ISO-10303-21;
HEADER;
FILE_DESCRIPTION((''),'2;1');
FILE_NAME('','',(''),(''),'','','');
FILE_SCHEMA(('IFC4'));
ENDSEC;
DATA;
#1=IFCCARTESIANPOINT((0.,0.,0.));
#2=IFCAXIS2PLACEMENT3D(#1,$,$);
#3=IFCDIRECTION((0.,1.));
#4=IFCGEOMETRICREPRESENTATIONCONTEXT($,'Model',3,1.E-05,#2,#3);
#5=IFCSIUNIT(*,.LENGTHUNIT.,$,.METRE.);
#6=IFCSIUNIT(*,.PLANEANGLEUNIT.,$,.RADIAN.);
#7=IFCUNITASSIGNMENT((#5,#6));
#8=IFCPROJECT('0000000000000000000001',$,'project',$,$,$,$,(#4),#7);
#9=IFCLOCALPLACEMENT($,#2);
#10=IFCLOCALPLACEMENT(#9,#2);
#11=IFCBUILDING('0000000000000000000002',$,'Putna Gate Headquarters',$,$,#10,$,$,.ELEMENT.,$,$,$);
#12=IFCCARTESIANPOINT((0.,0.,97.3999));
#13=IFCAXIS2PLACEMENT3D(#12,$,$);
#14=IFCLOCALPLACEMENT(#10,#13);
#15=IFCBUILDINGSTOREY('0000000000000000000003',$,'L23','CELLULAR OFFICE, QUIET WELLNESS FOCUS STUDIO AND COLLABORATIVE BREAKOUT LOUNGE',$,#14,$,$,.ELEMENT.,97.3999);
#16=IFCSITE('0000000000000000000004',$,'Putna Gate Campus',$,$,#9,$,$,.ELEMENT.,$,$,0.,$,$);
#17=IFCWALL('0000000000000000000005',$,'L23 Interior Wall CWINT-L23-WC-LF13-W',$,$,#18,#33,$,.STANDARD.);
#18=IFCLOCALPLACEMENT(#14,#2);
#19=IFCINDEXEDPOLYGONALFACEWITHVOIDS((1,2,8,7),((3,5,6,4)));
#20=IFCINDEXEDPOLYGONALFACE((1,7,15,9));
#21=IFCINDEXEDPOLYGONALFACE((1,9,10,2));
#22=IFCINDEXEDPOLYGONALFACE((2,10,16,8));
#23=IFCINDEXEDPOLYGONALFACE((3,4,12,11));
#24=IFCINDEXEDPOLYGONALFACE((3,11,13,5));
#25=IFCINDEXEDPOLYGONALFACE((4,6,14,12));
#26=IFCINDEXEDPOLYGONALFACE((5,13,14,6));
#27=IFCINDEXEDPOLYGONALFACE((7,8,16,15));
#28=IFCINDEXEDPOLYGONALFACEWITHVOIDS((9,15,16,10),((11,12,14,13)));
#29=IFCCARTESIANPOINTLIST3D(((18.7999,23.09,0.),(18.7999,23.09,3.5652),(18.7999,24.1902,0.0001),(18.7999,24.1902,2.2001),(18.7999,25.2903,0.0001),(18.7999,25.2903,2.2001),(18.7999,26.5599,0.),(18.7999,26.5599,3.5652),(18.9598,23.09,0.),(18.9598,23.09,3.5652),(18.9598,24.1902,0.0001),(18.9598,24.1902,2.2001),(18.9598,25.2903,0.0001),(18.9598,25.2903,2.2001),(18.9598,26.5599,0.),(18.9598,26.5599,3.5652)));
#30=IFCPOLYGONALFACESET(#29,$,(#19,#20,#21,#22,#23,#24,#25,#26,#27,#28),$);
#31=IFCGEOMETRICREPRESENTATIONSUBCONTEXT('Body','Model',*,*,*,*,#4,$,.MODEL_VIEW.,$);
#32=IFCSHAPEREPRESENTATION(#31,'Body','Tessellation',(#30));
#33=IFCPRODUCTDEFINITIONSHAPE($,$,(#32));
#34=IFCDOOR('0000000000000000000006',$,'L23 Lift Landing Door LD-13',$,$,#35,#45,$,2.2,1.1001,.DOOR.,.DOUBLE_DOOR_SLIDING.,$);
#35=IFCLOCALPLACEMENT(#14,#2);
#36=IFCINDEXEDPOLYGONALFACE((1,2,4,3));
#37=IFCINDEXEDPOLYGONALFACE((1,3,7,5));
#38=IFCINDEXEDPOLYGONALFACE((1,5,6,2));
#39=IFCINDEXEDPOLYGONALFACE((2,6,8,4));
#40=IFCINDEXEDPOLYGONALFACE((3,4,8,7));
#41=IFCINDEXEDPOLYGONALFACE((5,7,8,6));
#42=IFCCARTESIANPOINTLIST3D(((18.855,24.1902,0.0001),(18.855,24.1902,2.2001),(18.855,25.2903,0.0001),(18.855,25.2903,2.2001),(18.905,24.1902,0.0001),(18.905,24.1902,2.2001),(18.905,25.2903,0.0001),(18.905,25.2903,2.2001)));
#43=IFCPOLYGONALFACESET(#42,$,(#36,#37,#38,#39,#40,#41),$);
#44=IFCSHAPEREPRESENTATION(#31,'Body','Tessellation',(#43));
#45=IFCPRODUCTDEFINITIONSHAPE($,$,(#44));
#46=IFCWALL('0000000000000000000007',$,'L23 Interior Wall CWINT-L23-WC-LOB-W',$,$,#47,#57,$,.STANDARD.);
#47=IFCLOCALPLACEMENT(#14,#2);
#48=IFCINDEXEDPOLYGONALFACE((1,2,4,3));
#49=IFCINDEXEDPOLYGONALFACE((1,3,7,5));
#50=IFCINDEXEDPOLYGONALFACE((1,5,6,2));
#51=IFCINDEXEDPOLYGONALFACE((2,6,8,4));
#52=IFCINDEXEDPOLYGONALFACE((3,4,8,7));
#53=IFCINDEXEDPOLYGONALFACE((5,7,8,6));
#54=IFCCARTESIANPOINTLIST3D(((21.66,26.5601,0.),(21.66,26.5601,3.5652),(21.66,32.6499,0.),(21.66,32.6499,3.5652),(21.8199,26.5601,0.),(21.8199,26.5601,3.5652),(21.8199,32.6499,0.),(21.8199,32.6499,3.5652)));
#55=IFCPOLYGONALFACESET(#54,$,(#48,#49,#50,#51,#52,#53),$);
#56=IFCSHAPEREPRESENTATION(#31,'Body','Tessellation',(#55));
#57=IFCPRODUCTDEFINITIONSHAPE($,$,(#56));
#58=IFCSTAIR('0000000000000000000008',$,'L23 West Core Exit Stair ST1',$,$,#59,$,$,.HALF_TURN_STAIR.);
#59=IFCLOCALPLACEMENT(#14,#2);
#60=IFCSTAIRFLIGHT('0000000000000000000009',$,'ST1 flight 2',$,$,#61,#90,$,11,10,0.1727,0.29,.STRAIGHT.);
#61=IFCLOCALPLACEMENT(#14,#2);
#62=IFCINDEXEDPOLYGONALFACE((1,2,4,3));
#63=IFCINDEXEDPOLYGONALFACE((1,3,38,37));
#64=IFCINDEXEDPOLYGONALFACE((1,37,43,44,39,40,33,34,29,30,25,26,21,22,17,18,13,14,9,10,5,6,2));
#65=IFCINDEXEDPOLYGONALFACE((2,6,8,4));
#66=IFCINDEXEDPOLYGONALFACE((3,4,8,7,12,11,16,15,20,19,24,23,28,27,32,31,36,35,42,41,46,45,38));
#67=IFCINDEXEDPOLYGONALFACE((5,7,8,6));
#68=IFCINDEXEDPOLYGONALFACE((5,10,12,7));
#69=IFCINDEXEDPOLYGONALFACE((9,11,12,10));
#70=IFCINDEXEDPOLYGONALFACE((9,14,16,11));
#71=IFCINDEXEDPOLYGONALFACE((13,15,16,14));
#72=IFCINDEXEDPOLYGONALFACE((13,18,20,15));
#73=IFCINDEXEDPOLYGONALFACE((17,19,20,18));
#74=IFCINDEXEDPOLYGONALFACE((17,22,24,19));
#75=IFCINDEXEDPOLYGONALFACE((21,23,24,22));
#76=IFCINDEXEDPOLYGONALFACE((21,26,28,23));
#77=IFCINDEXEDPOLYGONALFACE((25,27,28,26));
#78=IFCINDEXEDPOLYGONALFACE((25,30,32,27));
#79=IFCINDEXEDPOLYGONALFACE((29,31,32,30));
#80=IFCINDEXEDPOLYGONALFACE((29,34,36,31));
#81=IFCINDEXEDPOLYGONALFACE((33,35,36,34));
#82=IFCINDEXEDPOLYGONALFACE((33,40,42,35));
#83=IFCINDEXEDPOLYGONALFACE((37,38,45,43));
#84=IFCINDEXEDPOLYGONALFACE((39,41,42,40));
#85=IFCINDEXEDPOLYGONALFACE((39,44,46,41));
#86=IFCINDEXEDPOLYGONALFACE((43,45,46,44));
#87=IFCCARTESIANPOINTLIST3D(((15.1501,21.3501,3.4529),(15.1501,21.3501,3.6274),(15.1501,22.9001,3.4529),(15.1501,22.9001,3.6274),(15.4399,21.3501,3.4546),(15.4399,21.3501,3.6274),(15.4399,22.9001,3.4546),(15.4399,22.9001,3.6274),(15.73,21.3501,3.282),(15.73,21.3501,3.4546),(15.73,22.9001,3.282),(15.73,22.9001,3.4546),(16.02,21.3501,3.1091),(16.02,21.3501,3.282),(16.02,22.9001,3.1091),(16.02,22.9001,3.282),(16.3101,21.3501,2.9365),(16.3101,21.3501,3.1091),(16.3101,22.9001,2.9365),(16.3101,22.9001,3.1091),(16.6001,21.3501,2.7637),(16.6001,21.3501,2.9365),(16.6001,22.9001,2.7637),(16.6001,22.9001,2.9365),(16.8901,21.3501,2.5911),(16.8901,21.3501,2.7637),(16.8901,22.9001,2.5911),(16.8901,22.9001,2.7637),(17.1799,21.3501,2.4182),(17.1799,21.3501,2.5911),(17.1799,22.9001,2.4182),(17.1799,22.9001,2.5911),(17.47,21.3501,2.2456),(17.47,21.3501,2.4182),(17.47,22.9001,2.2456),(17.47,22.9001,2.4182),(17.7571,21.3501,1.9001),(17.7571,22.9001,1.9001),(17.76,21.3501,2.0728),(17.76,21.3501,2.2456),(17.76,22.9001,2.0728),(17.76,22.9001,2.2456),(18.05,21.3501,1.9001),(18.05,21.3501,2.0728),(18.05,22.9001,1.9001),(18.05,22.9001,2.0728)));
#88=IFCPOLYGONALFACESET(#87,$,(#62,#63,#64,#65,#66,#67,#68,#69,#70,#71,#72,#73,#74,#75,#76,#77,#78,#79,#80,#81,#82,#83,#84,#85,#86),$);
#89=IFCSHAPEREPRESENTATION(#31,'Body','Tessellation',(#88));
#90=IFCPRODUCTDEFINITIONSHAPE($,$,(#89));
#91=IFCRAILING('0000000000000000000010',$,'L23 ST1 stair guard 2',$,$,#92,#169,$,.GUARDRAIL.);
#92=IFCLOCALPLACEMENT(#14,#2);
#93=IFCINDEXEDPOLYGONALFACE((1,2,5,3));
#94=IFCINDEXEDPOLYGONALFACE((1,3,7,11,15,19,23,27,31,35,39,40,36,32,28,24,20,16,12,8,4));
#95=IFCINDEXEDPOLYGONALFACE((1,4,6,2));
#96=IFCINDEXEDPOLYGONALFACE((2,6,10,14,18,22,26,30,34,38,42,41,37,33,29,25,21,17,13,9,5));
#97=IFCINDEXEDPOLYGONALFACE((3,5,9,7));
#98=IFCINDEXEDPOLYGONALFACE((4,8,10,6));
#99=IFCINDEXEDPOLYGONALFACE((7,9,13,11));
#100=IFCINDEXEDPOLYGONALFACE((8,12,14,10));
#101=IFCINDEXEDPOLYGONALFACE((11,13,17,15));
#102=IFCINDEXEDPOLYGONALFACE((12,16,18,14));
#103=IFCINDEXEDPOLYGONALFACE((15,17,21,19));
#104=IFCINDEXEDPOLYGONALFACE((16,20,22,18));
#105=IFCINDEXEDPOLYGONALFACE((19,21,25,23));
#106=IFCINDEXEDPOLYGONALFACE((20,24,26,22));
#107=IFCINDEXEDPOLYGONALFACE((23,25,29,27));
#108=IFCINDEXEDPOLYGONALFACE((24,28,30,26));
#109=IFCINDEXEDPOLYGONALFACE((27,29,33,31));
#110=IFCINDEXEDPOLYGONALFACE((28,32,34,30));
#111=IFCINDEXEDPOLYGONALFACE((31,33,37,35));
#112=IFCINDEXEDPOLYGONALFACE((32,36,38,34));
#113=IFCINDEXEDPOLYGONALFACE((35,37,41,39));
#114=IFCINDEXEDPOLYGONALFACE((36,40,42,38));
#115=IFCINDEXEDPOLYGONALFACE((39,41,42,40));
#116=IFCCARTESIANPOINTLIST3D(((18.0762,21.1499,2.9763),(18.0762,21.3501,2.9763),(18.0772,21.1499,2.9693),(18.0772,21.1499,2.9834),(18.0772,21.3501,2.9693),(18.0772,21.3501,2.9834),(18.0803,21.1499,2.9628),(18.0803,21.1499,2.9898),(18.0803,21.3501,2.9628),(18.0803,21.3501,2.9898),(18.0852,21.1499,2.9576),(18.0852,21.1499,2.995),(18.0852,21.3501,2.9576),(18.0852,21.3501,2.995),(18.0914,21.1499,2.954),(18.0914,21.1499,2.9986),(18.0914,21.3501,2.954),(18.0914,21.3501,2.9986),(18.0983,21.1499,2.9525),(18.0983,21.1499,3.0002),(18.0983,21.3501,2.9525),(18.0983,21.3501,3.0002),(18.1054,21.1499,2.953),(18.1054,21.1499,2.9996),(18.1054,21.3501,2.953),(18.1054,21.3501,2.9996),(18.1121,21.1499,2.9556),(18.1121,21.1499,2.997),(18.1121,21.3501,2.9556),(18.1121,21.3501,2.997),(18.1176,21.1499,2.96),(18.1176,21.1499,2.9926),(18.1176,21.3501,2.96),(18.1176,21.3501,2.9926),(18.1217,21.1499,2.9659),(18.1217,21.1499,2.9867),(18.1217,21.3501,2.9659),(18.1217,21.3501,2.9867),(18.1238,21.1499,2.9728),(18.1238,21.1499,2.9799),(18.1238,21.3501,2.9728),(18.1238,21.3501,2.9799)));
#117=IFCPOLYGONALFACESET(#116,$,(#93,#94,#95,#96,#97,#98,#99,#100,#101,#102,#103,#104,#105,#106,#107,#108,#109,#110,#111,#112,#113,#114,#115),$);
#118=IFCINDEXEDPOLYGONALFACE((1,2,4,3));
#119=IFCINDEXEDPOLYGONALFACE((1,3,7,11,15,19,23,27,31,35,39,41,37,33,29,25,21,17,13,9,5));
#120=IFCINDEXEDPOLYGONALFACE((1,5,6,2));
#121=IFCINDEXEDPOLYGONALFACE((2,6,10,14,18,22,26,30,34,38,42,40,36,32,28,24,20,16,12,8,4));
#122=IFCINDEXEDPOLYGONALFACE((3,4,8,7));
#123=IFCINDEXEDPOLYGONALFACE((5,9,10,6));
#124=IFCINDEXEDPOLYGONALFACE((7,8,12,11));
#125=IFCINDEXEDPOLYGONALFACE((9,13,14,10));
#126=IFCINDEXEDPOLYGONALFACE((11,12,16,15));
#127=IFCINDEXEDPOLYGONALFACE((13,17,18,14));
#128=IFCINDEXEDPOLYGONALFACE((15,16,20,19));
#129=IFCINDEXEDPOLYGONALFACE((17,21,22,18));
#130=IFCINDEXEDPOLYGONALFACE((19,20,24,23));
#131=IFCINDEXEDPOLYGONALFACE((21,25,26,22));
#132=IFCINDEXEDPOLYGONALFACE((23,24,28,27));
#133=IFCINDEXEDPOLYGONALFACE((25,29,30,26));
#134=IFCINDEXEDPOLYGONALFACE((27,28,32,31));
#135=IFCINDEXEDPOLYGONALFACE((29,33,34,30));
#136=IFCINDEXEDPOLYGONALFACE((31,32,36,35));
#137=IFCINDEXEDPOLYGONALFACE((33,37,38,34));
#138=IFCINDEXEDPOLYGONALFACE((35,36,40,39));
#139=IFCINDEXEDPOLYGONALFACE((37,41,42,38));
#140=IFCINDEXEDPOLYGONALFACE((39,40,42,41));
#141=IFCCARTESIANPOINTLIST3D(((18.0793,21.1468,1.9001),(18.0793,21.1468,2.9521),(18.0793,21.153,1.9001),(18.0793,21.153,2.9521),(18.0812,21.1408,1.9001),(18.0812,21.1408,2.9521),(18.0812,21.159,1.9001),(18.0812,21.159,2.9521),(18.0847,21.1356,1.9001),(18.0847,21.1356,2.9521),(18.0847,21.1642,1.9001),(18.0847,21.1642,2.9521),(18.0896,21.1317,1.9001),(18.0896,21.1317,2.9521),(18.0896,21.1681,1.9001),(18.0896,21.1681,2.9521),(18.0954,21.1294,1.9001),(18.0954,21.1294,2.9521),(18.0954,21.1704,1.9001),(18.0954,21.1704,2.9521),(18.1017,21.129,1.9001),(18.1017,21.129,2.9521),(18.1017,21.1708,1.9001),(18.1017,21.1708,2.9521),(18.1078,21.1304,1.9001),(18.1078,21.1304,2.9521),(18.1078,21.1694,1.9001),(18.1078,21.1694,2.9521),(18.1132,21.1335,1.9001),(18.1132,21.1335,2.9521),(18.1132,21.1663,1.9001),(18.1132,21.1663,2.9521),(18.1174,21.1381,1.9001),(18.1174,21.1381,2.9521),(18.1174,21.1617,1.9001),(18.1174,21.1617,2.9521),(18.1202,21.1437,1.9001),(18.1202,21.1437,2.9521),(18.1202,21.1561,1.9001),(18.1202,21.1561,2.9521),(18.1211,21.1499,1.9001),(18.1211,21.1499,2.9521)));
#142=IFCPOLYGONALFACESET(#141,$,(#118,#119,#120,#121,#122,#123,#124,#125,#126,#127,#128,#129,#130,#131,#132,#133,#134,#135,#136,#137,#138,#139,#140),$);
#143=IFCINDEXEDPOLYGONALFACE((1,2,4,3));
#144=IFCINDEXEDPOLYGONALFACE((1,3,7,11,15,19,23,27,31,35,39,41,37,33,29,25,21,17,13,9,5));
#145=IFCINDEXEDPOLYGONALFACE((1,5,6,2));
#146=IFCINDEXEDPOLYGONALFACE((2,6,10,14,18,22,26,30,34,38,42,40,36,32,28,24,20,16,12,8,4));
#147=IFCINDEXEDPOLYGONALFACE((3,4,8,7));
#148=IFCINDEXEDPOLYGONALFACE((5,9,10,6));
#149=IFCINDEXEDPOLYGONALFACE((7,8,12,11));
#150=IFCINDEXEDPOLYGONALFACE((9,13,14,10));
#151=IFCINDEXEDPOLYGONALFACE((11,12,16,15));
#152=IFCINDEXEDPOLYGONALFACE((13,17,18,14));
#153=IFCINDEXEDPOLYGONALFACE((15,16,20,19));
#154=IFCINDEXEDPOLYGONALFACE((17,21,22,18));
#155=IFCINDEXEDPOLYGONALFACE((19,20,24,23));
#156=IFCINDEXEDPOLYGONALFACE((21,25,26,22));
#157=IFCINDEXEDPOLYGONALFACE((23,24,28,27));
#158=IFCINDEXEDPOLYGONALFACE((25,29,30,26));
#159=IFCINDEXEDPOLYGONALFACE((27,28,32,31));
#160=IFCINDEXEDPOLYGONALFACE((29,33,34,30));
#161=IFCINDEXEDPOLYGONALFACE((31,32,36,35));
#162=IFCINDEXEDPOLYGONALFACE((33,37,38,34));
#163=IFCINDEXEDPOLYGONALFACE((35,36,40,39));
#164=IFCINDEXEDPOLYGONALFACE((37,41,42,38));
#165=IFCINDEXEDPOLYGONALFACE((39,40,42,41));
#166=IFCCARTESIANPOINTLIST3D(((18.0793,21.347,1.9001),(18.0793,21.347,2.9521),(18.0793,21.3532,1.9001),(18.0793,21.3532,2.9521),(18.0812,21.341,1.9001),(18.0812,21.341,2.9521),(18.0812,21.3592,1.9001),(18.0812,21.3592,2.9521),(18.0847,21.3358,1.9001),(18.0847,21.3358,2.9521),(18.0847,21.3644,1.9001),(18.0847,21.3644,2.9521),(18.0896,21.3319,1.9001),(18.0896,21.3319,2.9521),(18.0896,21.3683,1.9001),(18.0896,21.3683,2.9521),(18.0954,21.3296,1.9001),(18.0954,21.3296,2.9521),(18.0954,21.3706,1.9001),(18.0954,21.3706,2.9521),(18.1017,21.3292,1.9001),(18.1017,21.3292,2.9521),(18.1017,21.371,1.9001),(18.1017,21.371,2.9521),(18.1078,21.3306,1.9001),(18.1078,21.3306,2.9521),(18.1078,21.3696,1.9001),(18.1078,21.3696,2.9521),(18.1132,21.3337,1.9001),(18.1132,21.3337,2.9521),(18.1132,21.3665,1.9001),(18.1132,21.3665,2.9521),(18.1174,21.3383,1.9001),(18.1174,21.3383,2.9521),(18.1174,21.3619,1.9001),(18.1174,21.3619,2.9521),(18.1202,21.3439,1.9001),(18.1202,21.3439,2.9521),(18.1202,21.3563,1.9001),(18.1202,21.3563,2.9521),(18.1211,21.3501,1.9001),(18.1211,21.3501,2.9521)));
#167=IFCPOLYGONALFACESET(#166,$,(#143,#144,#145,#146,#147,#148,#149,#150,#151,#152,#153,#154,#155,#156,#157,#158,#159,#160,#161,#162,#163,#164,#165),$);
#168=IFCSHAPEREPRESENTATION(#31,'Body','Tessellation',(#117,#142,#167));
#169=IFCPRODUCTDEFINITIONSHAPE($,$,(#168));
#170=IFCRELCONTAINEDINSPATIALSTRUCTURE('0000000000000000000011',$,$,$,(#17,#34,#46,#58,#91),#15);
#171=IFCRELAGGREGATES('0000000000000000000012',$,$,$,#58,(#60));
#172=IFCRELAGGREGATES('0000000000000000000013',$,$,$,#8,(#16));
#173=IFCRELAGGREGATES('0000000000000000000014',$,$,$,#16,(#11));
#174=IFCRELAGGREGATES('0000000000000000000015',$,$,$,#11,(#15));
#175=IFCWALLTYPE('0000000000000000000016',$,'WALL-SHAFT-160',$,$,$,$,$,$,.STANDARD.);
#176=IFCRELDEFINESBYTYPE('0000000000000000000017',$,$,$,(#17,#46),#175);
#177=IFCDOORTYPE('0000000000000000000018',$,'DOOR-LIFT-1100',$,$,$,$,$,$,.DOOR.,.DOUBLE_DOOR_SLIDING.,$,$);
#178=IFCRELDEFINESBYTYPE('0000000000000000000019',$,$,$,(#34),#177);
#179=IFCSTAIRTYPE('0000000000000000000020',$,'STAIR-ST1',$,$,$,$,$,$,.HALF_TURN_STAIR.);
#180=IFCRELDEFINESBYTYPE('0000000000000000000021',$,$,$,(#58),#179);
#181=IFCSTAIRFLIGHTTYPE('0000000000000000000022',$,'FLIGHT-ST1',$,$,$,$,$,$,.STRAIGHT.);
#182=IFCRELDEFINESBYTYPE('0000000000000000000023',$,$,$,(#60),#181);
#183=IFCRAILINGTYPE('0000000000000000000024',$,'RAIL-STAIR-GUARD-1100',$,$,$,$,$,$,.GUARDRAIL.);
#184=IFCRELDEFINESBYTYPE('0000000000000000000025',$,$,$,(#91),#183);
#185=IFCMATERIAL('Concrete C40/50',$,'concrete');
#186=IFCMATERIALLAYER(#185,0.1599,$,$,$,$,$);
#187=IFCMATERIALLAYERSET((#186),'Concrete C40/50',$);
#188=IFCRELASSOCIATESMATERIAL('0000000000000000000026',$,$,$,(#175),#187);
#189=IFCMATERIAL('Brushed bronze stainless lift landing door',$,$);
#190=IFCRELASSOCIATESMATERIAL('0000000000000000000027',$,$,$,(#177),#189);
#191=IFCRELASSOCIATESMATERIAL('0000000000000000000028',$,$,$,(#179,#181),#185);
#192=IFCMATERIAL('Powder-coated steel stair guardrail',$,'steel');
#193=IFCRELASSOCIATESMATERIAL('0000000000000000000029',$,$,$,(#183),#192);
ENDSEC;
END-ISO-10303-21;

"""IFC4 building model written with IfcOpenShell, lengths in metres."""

from ifc_helpers import new_model, si_unit, direction, frame, frame_2d, origin, origin_2d, place, context, subcontext, project, spatial, polyline, rectangle, circle, outline, extrude, material, layer, layer_set, type_object, element, fill, aggregate, save


model = new_model("IFC4")

# Units and contexts
model_context = context("Model", 3, precision=1e-05, world=origin(), true_north=direction((0.0, 1.0)))
body_context = subcontext(model_context, "Body", "Model", "MODEL_VIEW")
ifc_project = project(units=[si_unit("LENGTHUNIT", "METRE"), si_unit("PLANEANGLEUNIT", "RADIAN")], contexts=[model_context])

# Site, building, storey
site_placement = place(None, origin())
site = spatial("IfcSite", under=ifc_project, at=site_placement, Name="Putna Gate Campus", CompositionType="ELEMENT", RefElevation=0.0)
building_placement = place(site_placement, origin())
building = spatial("IfcBuilding", under=site, at=building_placement, Name="Putna Gate Headquarters", CompositionType="ELEMENT")
storey_placement = place(building_placement, frame((0.0, 0.0, 97.3999)))
storey = spatial("IfcBuildingStorey", under=building, at=storey_placement, Name="L23", Description="CELLULAR OFFICE, QUIET WELLNESS FOCUS STUDIO AND COLLABORATIVE BREAKOUT LOUNGE", CompositionType="ELEMENT", Elevation=97.3999)

# Shared definitions
ifc_material_1 = material(Name="Concrete C40/50", Category="concrete")
ifc_layer_1 = layer(ifc_material_1, 0.1599)
ifc_layer_set_1 = layer_set([ifc_layer_1], Name="Concrete C40/50")
wall_type_1 = type_object("IfcWallType", Name="WALL-SHAFT-160", PredefinedType="STANDARD", material=ifc_layer_set_1)

# Wall, opening, door
wall_1_placement = place(storey_placement, frame((18.8799, 23.0901, 0.0), z_axis=(0.0, 0.0, 1.0), x_axis=(0.0, 1.0, 0.0)))
wall_1 = element("IfcWall", 1, at=wall_1_placement, inside=storey, type_object=wall_type_1, Name="L23 Interior Wall CWINT-L23-WC-LF13-W", PredefinedType="STANDARD", context=body_context, shape_type="SweptSolid", body=[
    extrude(rectangle(XDim=3.47, YDim=0.1599, at=frame_2d((1.7349, 0.0))), origin(), (0.0, 0.0, 1.0), 3.5652),
])
opening_1_placement = place(wall_1_placement, frame((1.1001, 0.0, 0.0)))
opening_1 = element("IfcOpeningElement", 2, at=opening_1_placement, cuts=wall_1, PredefinedType="OPENING", context=body_context, shape_type="SweptSolid", body=[
    extrude(rectangle(XDim=1.1001, YDim=2.2, at=frame_2d((0.55, 1.1001))), frame((0.0, 0.0898, 0.0), z_axis=(0.0, -1.0, 0.0), x_axis=(1.0, 0.0, 0.0)), (0.0, 0.0, 1.0), 0.1799),
])
ifc_material_2 = material(Name="Brushed bronze stainless lift landing door")
door_type_1 = type_object("IfcDoorType", Name="DOOR-LIFT-1100", OperationType="DOUBLE_DOOR_SLIDING", PredefinedType="DOOR", material=ifc_material_2)
door_1_placement = place(opening_1_placement, origin())
door_1 = element("IfcDoor", 3, at=door_1_placement, inside=storey, type_object=door_type_1, Name="L23 Lift Landing Door LD-13", OperationType="DOUBLE_DOOR_SLIDING", OverallHeight=2.2, OverallWidth=1.1001, PredefinedType="DOOR", context=body_context, shape_type="SweptSolid", body=[
    extrude(rectangle(XDim=1.1001, YDim=2.2, at=frame_2d((0.55, 1.1001))), frame((0.0, 0.0249, 0.0), z_axis=(0.0, -1.0, 0.0), x_axis=(1.0, 0.0, 0.0)), (0.0, 0.0, 1.0), 0.05),
])
fill(opening_1, door_1)

# Wall
wall_2_placement = place(storey_placement, frame((21.74, 26.5601, 0.0), z_axis=(0.0, 0.0, 1.0), x_axis=(0.0, 1.0, 0.0)))
element("IfcWall", 4, at=wall_2_placement, inside=storey, type_object=wall_type_1, Name="L23 Interior Wall CWINT-L23-WC-LOB-W", PredefinedType="STANDARD", context=body_context, shape_type="SweptSolid", body=[
    extrude(rectangle(XDim=6.0898, YDim=0.1599, at=frame_2d((3.0449, 0.0))), origin(), (0.0, 0.0, 1.0), 3.5652),
])

# Stair, stair flight
stair_type = type_object("IfcStairType", Name="STAIR-ST1", PredefinedType="HALF_TURN_STAIR", material=ifc_material_1)
stair_placement = place(storey_placement, origin())
stair = element("IfcStair", 5, at=stair_placement, inside=storey, type_object=stair_type, Name="L23 West Core Exit Stair ST1", PredefinedType="HALF_TURN_STAIR")
stair_flight_type = type_object("IfcStairFlightType", Name="FLIGHT-ST1", PredefinedType="STRAIGHT", material=ifc_material_1)
stair_flight_placement = place(storey_placement, frame((18.05, 22.125, 1.9001), z_axis=(0.0, 0.0, 1.0), x_axis=(-1.0, 0.0, 0.0)))
stair_flight = element("IfcStairFlight", 6, at=stair_flight_placement, type_object=stair_flight_type, Name="ST1 flight 2", NumberOfRisers=11, NumberOfTreads=10, PredefinedType="STRAIGHT", RiserHeight=0.1727, TreadLength=0.29, context=body_context, shape_type="SweptSolid", body=[
    extrude(outline(polyline([(0.0, 0.0), (0.0, 0.1726), (0.29, 0.1726), (0.29, 0.3455), (0.5801, 0.3455), (0.5801, 0.5181), (0.8701, 0.5181), (0.8701, 0.6909), (1.1599, 0.6909), (1.1599, 0.8635), (1.45, 0.8635), (1.45, 1.0364), (1.74, 1.0364), (1.74, 1.209), (2.03, 1.209), (2.03, 1.3818), (2.3201, 1.3818), (2.3201, 1.5544), (2.6101, 1.5544), (2.6101, 1.7273), (2.8999, 1.7273), (2.8999, 1.8999), (2.8999, 1.5527), (0.293, 0.0), (0.0, 0.0)])), frame((0.0, 0.7749, 0.0), z_axis=(0.0, -1.0, 0.0), x_axis=(1.0, 0.0, 0.0)), (0.0, 0.0, 1.0), 1.55),
])
aggregate(stair, [stair_flight])

# Railing
ifc_material_3 = material(Name="Powder-coated steel stair guardrail", Category="steel")
railing_type_1 = type_object("IfcRailingType", Name="RAIL-STAIR-GUARD-1100", PredefinedType="GUARDRAIL", material=ifc_material_3)
railing_1_placement = place(storey_placement, frame((18.1001, 21.1499, 1.9001)))
element("IfcRailing", 7, at=railing_1_placement, inside=storey, type_object=railing_type_1, Name="L23 ST1 stair guard 2", PredefinedType="GUARDRAIL", context=body_context, shape_type="SweptSolid", body=[
    extrude(circle(Radius=0.0239, at=origin_2d()), frame((0.0, 0.0, 1.0762), z_axis=(0.0, 1.0, 0.0), x_axis=(-1.0, 0.0, 0.0)), (0.0, 0.0, 1.0), 0.2002),
    extrude(circle(Radius=0.021, at=origin_2d()), origin(), (0.0, 0.0, 1.0), 1.052),
    extrude(circle(Radius=0.021, at=origin_2d()), frame((0.0, 0.2002, 0.0)), (0.0, 0.0, 1.0), 1.052),
])

save(model, "model.ifc")
